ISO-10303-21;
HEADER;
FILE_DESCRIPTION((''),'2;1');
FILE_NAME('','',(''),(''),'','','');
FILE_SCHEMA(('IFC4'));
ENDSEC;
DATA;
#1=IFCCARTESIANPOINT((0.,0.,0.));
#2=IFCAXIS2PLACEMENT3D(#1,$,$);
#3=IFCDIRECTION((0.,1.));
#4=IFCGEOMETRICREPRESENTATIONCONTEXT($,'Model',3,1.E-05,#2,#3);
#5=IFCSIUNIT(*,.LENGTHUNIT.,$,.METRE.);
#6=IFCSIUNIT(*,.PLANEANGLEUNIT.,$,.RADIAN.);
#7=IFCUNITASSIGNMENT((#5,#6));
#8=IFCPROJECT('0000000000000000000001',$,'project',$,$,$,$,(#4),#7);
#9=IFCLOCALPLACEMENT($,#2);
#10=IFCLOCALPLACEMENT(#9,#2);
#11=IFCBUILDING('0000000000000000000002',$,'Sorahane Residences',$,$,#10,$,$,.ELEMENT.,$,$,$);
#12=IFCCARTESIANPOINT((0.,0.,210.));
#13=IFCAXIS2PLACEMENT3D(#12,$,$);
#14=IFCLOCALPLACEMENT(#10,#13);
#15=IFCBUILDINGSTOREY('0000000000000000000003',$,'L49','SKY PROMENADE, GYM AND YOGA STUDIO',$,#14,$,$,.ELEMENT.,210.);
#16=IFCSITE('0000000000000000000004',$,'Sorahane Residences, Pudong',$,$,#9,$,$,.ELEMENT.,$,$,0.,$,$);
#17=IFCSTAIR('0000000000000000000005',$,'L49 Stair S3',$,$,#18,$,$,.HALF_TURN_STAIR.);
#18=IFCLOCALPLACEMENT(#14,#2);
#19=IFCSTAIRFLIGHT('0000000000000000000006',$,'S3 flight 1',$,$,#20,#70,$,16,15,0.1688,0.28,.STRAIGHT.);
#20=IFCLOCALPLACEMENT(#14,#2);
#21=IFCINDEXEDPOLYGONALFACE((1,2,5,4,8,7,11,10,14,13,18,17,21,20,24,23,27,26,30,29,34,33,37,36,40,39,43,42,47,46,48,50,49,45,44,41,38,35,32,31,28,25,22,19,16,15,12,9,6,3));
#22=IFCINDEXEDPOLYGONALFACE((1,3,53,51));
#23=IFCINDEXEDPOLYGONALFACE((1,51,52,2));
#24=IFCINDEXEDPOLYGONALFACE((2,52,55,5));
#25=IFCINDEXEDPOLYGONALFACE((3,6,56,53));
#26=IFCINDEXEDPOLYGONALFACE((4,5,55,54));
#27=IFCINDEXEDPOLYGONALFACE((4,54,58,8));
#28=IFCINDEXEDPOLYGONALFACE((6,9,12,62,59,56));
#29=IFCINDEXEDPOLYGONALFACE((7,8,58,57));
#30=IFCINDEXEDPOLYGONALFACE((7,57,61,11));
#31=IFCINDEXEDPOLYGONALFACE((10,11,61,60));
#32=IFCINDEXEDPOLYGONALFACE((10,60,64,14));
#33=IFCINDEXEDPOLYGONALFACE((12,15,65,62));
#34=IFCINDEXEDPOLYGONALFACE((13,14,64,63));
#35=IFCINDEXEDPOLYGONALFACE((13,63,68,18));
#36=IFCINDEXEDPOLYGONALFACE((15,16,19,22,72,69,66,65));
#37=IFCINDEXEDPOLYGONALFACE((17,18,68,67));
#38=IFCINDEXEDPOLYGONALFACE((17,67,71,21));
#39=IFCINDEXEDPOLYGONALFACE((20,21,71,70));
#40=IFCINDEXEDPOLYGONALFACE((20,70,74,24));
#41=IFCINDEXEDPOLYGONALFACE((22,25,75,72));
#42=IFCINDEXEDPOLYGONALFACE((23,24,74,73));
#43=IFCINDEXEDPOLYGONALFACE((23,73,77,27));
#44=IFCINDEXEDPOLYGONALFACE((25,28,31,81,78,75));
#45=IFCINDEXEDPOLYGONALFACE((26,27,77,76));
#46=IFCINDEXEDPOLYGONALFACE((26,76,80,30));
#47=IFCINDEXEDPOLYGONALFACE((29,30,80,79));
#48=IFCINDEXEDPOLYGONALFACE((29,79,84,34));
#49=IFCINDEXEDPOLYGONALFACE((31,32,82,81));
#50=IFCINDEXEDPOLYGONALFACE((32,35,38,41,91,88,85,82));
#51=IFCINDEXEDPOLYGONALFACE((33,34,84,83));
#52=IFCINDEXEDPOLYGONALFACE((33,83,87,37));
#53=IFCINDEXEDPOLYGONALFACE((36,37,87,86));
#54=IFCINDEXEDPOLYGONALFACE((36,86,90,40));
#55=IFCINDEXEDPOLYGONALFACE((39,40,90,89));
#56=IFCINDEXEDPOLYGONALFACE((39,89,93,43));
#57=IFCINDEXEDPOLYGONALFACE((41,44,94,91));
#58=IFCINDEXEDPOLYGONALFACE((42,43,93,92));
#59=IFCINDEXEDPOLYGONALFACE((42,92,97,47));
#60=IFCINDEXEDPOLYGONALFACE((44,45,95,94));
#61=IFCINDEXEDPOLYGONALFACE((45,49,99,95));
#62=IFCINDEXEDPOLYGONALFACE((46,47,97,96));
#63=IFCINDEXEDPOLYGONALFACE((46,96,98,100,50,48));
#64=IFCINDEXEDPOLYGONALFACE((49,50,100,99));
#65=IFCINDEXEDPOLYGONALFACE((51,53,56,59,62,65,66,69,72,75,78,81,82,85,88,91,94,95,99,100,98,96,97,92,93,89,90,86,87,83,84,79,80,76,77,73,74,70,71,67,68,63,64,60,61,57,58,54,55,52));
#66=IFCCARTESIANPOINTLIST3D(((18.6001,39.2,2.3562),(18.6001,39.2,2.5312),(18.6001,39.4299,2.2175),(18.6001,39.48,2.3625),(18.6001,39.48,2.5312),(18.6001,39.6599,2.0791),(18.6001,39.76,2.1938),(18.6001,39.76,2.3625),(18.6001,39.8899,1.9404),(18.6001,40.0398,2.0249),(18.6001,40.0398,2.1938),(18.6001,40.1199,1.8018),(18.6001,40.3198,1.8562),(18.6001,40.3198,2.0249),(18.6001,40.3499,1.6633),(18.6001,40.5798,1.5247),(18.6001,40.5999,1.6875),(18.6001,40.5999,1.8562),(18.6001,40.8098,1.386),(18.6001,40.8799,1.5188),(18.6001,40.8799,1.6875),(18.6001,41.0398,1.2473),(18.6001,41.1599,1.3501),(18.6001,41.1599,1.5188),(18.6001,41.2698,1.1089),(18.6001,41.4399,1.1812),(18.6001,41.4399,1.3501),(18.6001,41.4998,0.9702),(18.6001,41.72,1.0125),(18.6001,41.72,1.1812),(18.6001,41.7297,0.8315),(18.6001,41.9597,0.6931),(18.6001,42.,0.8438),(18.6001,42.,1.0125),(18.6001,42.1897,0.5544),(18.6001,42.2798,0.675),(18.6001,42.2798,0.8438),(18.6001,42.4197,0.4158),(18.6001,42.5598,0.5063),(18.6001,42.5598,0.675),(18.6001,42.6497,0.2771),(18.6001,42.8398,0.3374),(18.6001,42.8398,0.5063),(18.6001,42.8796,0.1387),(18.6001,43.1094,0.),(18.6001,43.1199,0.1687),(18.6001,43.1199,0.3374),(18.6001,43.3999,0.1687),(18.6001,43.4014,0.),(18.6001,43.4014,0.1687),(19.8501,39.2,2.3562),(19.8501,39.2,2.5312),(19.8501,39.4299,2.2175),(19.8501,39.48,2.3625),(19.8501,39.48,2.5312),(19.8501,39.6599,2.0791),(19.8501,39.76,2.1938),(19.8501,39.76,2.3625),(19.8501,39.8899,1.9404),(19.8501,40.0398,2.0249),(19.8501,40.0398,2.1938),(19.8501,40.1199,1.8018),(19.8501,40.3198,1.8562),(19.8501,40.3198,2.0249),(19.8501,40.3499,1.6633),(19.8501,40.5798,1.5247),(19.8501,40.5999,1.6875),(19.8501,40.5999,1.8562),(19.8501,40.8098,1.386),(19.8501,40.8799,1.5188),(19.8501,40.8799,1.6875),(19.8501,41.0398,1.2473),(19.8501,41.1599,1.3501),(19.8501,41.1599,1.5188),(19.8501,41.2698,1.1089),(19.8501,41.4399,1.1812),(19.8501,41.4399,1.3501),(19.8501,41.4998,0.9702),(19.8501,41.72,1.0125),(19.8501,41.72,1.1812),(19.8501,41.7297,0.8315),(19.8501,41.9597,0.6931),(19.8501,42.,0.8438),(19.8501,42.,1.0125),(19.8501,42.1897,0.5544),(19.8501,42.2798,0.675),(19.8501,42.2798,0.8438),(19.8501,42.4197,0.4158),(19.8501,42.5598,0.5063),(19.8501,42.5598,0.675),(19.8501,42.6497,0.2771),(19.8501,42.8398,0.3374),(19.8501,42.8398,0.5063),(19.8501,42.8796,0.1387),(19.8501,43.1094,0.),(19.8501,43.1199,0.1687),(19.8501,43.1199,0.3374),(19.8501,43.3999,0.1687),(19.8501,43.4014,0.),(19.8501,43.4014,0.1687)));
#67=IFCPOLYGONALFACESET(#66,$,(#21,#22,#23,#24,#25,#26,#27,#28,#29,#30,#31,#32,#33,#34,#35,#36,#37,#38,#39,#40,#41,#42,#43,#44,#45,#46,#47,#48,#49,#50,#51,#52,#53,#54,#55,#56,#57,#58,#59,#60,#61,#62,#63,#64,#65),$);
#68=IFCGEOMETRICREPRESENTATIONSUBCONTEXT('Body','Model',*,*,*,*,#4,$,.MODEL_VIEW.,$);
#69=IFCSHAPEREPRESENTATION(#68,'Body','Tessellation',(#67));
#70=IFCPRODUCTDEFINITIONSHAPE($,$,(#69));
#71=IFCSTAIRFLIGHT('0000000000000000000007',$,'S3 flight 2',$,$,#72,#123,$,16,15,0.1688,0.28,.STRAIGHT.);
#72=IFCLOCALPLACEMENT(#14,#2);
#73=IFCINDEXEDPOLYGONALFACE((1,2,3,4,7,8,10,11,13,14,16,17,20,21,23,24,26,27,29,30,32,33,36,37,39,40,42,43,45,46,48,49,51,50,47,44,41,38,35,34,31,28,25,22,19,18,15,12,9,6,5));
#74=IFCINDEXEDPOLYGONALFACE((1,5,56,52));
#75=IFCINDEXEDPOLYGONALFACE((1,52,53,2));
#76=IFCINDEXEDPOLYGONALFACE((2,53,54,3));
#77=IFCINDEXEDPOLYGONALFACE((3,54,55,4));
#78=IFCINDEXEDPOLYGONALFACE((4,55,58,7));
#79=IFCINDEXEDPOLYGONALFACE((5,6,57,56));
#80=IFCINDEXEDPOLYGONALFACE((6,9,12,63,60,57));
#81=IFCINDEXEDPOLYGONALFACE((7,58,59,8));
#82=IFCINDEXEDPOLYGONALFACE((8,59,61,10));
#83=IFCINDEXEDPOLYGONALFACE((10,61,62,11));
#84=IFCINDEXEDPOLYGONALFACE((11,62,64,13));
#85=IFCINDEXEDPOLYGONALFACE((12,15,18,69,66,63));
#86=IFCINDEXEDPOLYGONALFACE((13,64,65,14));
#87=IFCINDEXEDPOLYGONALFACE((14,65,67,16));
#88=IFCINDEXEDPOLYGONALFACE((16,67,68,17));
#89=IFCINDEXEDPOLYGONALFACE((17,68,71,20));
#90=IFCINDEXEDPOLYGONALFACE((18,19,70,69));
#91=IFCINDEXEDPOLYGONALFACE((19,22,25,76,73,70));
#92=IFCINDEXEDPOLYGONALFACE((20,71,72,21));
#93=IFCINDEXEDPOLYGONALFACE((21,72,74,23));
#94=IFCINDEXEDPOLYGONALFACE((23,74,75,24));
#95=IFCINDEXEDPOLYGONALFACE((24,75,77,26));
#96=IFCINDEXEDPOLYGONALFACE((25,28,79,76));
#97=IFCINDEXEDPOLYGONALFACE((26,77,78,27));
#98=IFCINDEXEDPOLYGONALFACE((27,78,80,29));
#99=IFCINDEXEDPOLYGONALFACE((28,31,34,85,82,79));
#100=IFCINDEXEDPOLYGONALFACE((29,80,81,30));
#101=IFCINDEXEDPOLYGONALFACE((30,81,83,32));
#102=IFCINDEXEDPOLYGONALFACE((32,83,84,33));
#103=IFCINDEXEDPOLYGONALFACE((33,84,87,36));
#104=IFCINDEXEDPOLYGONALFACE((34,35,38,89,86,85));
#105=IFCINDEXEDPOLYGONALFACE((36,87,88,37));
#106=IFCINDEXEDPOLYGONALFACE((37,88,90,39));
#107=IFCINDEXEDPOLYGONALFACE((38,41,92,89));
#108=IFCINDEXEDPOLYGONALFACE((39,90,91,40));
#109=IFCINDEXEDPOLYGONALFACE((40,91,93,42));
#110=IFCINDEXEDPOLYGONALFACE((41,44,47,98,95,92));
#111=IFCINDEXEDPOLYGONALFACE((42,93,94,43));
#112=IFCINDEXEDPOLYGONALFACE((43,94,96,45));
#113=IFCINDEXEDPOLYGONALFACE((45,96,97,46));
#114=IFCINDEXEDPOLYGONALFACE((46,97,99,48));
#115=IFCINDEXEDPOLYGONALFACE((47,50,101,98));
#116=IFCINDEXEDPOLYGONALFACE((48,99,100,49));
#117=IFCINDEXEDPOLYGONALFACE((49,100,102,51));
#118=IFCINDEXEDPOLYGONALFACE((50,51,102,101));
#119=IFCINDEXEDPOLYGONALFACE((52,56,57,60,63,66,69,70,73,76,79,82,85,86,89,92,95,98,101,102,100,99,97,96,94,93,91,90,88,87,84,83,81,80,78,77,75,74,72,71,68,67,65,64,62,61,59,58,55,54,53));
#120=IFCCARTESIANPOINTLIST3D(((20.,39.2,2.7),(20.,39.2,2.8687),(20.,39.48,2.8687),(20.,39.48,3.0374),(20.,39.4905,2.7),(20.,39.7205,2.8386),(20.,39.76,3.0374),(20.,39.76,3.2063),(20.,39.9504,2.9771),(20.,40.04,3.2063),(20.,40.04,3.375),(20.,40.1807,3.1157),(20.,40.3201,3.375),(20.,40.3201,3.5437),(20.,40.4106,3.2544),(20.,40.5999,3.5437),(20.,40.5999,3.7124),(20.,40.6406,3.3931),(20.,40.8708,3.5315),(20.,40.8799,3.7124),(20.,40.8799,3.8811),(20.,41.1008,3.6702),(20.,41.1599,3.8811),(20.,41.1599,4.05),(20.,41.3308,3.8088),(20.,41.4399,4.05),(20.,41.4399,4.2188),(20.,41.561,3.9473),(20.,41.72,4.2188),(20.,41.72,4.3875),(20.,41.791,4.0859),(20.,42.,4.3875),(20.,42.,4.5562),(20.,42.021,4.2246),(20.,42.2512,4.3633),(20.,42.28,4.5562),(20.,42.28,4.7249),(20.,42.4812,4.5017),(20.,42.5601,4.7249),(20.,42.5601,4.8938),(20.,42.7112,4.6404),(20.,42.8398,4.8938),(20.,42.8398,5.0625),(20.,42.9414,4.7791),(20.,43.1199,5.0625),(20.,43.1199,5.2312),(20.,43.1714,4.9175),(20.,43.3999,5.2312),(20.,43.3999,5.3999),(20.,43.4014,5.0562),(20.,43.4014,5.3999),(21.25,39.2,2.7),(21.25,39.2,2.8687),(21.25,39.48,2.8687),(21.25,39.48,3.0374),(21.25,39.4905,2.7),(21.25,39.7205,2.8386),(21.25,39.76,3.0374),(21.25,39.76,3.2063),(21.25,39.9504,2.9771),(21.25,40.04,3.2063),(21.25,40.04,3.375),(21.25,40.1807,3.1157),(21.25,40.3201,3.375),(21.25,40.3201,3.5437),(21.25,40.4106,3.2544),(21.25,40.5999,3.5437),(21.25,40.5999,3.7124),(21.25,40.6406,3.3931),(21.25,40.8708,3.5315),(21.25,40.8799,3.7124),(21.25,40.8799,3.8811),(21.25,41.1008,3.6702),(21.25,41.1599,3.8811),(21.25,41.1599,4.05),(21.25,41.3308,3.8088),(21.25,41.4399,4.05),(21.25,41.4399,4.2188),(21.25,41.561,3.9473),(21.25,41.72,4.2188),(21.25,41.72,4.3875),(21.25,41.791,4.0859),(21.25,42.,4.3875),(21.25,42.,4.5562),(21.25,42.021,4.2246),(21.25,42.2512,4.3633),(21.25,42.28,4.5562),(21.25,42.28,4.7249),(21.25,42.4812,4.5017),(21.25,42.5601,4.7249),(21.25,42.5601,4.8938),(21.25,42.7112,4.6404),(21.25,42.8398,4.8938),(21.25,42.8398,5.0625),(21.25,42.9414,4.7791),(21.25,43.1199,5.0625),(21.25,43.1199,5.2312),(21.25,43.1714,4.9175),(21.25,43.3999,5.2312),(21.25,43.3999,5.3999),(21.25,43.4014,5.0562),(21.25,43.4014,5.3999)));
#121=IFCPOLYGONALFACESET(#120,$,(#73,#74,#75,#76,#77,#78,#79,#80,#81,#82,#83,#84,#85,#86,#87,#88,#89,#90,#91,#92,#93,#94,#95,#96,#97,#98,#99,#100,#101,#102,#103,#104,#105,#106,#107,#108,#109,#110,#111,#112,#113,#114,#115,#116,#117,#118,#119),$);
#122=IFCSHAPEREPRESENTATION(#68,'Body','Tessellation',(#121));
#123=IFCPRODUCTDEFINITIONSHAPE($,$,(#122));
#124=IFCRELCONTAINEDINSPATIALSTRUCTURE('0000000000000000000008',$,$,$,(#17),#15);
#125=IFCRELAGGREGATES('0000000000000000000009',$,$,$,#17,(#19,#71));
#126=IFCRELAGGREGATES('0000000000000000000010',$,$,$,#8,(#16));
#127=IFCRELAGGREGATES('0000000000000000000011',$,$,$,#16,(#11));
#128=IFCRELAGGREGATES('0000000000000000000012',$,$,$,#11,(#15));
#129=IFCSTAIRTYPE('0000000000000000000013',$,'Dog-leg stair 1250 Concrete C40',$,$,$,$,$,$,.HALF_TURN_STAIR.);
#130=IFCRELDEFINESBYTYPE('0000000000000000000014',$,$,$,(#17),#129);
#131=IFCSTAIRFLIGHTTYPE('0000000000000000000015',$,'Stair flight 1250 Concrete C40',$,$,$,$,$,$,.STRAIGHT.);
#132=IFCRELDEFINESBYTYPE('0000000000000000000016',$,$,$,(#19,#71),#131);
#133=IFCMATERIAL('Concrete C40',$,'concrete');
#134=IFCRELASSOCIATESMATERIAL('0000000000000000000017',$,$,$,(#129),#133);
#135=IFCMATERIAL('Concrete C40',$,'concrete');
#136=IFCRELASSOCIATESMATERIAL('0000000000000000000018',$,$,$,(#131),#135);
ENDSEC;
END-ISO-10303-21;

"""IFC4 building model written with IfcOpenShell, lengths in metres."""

from ifc_helpers import new_model, si_unit, direction, frame, origin, place, context, subcontext, project, spatial, polyline, outline, extrude, material, type_object, element, aggregate, save


model = new_model("IFC4")

# Units and contexts
model_context = context("Model", 3, precision=1e-05, world=origin(), true_north=direction((0.0, 1.0)))
body_context = subcontext(model_context, "Body", "Model", "MODEL_VIEW")
ifc_project = project(units=[si_unit("LENGTHUNIT", "METRE"), si_unit("PLANEANGLEUNIT", "RADIAN")], contexts=[model_context])

# Site, building, storey
site_placement = place(None, origin())
site = spatial("IfcSite", under=ifc_project, at=site_placement, Name="Sorahane Residences, Pudong", CompositionType="ELEMENT", RefElevation=0.0)
building_placement = place(site_placement, origin())
building = spatial("IfcBuilding", under=site, at=building_placement, Name="Sorahane Residences", CompositionType="ELEMENT")
storey_placement = place(building_placement, frame((0.0, 0.0, 210.0)))
storey = spatial("IfcBuildingStorey", under=building, at=storey_placement, Name="L49", Description="SKY PROMENADE, GYM AND YOGA STUDIO", CompositionType="ELEMENT", Elevation=210.0)

# Stair, stair flights
ifc_material_1 = material(Name="Concrete C40", Category="concrete")
stair_type = type_object("IfcStairType", Name="Dog-leg stair 1250 Concrete C40", PredefinedType="HALF_TURN_STAIR", material=ifc_material_1)
stair_placement = place(storey_placement, origin())
stair = element("IfcStair", 1, at=stair_placement, inside=storey, type_object=stair_type, Name="L49 Stair S3", PredefinedType="HALF_TURN_STAIR")
ifc_material_2 = material(Name="Concrete C40", Category="concrete")
stair_flight_type = type_object("IfcStairFlightType", Name="Stair flight 1250 Concrete C40", PredefinedType="STRAIGHT", material=ifc_material_2)
stair_flight_1_placement = place(storey_placement, frame((19.2251, 43.3999, 0.0), z_axis=(0.0, 0.0, 1.0), x_axis=(0.0, -1.0, 0.0)))
stair_flight_1 = element("IfcStairFlight", 2, at=stair_flight_1_placement, type_object=stair_flight_type, Name="S3 flight 1", NumberOfRisers=16, NumberOfTreads=15, PredefinedType="STRAIGHT", RiserHeight=0.1688, TreadLength=0.28, context=body_context, shape_type="SweptSolid", body=[
    extrude(outline(polyline([(-0.0015, 0.0), (-0.0015, 0.1687), (0.0, 0.1687), (0.28, 0.1687), (0.28, 0.3374), (0.5601, 0.3374), (0.5601, 0.5063), (0.8401, 0.5063), (0.8401, 0.675), (1.1201, 0.675), (1.1201, 0.8438), (1.3999, 0.8438), (1.3999, 1.0125), (1.6799, 1.0125), (1.6799, 1.1812), (1.96, 1.1812), (1.96, 1.3501), (2.24, 1.3501), (2.24, 1.5188), (2.52, 1.5188), (2.52, 1.6875), (2.8, 1.6875), (2.8, 1.8562), (3.0801, 1.8562), (3.0801, 2.0249), (3.3601, 2.0249), (3.3601, 2.1938), (3.6399, 2.1938), (3.6399, 2.3625), (3.9199, 2.3625), (3.9199, 2.5312), (4.2, 2.5312), (4.2, 2.7), (4.2, 2.3562), (3.97, 2.2175), (3.74, 2.0791), (3.51, 1.9404), (3.28, 1.8018), (3.05, 1.6633), (2.8201, 1.5247), (2.5901, 1.386), (2.3601, 1.2473), (2.1301, 1.1089), (1.9001, 0.9702), (1.6702, 0.8315), (1.4402, 0.6931), (1.2102, 0.5544), (0.9802, 0.4158), (0.7502, 0.2771), (0.5203, 0.1387), (0.2905, 0.0), (-0.0015, 0.0)])), frame((0.0, 0.625, 0.0), z_axis=(0.0, -1.0, 0.0), x_axis=(1.0, 0.0, 0.0)), (0.0, 0.0, 1.0), 1.25),
])
stair_flight_2_placement = place(storey_placement, frame((20.625, 39.2, 2.7), z_axis=(0.0, 0.0, 1.0), x_axis=(0.0, 1.0, 0.0)))
stair_flight_2 = element("IfcStairFlight", 3, at=stair_flight_2_placement, type_object=stair_flight_type, Name="S3 flight 2", NumberOfRisers=16, NumberOfTreads=15, PredefinedType="STRAIGHT", RiserHeight=0.1688, TreadLength=0.28, context=body_context, shape_type="SweptSolid", body=[
    extrude(outline(polyline([(0.0, 0.0), (0.0, 0.1687), (0.28, 0.1687), (0.28, 0.3374), (0.5601, 0.3374), (0.5601, 0.5063), (0.8401, 0.5063), (0.8401, 0.675), (1.1201, 0.675), (1.1201, 0.8438), (1.3999, 0.8438), (1.3999, 1.0125), (1.6799, 1.0125), (1.6799, 1.1812), (1.96, 1.1812), (1.96, 1.3501), (2.24, 1.3501), (2.24, 1.5188), (2.52, 1.5188), (2.52, 1.6875), (2.8, 1.6875), (2.8, 1.8562), (3.0801, 1.8562), (3.0801, 2.0249), (3.3601, 2.0249), (3.3601, 2.1938), (3.6399, 2.1938), (3.6399, 2.3625), (3.9199, 2.3625), (3.9199, 2.5312), (4.2, 2.5312), (4.2, 2.7), (4.2014, 2.7), (4.2014, 2.3562), (3.9714, 2.2175), (3.7415, 2.0791), (3.5112, 1.9404), (3.2812, 1.8018), (3.0513, 1.6633), (2.821, 1.5247), (2.5911, 1.386), (2.3611, 1.2473), (2.1309, 1.1089), (1.9009, 0.9702), (1.6709, 0.8315), (1.4407, 0.6931), (1.2107, 0.5544), (0.9807, 0.4158), (0.7505, 0.2771), (0.5205, 0.1387), (0.2905, 0.0), (0.0, 0.0)])), frame((0.0, 0.625, 0.0), z_axis=(0.0, -1.0, 0.0), x_axis=(1.0, 0.0, 0.0)), (0.0, 0.0, 1.0), 1.25),
])
aggregate(stair, [stair_flight_1, stair_flight_2])

save(model, "model.ifc")
